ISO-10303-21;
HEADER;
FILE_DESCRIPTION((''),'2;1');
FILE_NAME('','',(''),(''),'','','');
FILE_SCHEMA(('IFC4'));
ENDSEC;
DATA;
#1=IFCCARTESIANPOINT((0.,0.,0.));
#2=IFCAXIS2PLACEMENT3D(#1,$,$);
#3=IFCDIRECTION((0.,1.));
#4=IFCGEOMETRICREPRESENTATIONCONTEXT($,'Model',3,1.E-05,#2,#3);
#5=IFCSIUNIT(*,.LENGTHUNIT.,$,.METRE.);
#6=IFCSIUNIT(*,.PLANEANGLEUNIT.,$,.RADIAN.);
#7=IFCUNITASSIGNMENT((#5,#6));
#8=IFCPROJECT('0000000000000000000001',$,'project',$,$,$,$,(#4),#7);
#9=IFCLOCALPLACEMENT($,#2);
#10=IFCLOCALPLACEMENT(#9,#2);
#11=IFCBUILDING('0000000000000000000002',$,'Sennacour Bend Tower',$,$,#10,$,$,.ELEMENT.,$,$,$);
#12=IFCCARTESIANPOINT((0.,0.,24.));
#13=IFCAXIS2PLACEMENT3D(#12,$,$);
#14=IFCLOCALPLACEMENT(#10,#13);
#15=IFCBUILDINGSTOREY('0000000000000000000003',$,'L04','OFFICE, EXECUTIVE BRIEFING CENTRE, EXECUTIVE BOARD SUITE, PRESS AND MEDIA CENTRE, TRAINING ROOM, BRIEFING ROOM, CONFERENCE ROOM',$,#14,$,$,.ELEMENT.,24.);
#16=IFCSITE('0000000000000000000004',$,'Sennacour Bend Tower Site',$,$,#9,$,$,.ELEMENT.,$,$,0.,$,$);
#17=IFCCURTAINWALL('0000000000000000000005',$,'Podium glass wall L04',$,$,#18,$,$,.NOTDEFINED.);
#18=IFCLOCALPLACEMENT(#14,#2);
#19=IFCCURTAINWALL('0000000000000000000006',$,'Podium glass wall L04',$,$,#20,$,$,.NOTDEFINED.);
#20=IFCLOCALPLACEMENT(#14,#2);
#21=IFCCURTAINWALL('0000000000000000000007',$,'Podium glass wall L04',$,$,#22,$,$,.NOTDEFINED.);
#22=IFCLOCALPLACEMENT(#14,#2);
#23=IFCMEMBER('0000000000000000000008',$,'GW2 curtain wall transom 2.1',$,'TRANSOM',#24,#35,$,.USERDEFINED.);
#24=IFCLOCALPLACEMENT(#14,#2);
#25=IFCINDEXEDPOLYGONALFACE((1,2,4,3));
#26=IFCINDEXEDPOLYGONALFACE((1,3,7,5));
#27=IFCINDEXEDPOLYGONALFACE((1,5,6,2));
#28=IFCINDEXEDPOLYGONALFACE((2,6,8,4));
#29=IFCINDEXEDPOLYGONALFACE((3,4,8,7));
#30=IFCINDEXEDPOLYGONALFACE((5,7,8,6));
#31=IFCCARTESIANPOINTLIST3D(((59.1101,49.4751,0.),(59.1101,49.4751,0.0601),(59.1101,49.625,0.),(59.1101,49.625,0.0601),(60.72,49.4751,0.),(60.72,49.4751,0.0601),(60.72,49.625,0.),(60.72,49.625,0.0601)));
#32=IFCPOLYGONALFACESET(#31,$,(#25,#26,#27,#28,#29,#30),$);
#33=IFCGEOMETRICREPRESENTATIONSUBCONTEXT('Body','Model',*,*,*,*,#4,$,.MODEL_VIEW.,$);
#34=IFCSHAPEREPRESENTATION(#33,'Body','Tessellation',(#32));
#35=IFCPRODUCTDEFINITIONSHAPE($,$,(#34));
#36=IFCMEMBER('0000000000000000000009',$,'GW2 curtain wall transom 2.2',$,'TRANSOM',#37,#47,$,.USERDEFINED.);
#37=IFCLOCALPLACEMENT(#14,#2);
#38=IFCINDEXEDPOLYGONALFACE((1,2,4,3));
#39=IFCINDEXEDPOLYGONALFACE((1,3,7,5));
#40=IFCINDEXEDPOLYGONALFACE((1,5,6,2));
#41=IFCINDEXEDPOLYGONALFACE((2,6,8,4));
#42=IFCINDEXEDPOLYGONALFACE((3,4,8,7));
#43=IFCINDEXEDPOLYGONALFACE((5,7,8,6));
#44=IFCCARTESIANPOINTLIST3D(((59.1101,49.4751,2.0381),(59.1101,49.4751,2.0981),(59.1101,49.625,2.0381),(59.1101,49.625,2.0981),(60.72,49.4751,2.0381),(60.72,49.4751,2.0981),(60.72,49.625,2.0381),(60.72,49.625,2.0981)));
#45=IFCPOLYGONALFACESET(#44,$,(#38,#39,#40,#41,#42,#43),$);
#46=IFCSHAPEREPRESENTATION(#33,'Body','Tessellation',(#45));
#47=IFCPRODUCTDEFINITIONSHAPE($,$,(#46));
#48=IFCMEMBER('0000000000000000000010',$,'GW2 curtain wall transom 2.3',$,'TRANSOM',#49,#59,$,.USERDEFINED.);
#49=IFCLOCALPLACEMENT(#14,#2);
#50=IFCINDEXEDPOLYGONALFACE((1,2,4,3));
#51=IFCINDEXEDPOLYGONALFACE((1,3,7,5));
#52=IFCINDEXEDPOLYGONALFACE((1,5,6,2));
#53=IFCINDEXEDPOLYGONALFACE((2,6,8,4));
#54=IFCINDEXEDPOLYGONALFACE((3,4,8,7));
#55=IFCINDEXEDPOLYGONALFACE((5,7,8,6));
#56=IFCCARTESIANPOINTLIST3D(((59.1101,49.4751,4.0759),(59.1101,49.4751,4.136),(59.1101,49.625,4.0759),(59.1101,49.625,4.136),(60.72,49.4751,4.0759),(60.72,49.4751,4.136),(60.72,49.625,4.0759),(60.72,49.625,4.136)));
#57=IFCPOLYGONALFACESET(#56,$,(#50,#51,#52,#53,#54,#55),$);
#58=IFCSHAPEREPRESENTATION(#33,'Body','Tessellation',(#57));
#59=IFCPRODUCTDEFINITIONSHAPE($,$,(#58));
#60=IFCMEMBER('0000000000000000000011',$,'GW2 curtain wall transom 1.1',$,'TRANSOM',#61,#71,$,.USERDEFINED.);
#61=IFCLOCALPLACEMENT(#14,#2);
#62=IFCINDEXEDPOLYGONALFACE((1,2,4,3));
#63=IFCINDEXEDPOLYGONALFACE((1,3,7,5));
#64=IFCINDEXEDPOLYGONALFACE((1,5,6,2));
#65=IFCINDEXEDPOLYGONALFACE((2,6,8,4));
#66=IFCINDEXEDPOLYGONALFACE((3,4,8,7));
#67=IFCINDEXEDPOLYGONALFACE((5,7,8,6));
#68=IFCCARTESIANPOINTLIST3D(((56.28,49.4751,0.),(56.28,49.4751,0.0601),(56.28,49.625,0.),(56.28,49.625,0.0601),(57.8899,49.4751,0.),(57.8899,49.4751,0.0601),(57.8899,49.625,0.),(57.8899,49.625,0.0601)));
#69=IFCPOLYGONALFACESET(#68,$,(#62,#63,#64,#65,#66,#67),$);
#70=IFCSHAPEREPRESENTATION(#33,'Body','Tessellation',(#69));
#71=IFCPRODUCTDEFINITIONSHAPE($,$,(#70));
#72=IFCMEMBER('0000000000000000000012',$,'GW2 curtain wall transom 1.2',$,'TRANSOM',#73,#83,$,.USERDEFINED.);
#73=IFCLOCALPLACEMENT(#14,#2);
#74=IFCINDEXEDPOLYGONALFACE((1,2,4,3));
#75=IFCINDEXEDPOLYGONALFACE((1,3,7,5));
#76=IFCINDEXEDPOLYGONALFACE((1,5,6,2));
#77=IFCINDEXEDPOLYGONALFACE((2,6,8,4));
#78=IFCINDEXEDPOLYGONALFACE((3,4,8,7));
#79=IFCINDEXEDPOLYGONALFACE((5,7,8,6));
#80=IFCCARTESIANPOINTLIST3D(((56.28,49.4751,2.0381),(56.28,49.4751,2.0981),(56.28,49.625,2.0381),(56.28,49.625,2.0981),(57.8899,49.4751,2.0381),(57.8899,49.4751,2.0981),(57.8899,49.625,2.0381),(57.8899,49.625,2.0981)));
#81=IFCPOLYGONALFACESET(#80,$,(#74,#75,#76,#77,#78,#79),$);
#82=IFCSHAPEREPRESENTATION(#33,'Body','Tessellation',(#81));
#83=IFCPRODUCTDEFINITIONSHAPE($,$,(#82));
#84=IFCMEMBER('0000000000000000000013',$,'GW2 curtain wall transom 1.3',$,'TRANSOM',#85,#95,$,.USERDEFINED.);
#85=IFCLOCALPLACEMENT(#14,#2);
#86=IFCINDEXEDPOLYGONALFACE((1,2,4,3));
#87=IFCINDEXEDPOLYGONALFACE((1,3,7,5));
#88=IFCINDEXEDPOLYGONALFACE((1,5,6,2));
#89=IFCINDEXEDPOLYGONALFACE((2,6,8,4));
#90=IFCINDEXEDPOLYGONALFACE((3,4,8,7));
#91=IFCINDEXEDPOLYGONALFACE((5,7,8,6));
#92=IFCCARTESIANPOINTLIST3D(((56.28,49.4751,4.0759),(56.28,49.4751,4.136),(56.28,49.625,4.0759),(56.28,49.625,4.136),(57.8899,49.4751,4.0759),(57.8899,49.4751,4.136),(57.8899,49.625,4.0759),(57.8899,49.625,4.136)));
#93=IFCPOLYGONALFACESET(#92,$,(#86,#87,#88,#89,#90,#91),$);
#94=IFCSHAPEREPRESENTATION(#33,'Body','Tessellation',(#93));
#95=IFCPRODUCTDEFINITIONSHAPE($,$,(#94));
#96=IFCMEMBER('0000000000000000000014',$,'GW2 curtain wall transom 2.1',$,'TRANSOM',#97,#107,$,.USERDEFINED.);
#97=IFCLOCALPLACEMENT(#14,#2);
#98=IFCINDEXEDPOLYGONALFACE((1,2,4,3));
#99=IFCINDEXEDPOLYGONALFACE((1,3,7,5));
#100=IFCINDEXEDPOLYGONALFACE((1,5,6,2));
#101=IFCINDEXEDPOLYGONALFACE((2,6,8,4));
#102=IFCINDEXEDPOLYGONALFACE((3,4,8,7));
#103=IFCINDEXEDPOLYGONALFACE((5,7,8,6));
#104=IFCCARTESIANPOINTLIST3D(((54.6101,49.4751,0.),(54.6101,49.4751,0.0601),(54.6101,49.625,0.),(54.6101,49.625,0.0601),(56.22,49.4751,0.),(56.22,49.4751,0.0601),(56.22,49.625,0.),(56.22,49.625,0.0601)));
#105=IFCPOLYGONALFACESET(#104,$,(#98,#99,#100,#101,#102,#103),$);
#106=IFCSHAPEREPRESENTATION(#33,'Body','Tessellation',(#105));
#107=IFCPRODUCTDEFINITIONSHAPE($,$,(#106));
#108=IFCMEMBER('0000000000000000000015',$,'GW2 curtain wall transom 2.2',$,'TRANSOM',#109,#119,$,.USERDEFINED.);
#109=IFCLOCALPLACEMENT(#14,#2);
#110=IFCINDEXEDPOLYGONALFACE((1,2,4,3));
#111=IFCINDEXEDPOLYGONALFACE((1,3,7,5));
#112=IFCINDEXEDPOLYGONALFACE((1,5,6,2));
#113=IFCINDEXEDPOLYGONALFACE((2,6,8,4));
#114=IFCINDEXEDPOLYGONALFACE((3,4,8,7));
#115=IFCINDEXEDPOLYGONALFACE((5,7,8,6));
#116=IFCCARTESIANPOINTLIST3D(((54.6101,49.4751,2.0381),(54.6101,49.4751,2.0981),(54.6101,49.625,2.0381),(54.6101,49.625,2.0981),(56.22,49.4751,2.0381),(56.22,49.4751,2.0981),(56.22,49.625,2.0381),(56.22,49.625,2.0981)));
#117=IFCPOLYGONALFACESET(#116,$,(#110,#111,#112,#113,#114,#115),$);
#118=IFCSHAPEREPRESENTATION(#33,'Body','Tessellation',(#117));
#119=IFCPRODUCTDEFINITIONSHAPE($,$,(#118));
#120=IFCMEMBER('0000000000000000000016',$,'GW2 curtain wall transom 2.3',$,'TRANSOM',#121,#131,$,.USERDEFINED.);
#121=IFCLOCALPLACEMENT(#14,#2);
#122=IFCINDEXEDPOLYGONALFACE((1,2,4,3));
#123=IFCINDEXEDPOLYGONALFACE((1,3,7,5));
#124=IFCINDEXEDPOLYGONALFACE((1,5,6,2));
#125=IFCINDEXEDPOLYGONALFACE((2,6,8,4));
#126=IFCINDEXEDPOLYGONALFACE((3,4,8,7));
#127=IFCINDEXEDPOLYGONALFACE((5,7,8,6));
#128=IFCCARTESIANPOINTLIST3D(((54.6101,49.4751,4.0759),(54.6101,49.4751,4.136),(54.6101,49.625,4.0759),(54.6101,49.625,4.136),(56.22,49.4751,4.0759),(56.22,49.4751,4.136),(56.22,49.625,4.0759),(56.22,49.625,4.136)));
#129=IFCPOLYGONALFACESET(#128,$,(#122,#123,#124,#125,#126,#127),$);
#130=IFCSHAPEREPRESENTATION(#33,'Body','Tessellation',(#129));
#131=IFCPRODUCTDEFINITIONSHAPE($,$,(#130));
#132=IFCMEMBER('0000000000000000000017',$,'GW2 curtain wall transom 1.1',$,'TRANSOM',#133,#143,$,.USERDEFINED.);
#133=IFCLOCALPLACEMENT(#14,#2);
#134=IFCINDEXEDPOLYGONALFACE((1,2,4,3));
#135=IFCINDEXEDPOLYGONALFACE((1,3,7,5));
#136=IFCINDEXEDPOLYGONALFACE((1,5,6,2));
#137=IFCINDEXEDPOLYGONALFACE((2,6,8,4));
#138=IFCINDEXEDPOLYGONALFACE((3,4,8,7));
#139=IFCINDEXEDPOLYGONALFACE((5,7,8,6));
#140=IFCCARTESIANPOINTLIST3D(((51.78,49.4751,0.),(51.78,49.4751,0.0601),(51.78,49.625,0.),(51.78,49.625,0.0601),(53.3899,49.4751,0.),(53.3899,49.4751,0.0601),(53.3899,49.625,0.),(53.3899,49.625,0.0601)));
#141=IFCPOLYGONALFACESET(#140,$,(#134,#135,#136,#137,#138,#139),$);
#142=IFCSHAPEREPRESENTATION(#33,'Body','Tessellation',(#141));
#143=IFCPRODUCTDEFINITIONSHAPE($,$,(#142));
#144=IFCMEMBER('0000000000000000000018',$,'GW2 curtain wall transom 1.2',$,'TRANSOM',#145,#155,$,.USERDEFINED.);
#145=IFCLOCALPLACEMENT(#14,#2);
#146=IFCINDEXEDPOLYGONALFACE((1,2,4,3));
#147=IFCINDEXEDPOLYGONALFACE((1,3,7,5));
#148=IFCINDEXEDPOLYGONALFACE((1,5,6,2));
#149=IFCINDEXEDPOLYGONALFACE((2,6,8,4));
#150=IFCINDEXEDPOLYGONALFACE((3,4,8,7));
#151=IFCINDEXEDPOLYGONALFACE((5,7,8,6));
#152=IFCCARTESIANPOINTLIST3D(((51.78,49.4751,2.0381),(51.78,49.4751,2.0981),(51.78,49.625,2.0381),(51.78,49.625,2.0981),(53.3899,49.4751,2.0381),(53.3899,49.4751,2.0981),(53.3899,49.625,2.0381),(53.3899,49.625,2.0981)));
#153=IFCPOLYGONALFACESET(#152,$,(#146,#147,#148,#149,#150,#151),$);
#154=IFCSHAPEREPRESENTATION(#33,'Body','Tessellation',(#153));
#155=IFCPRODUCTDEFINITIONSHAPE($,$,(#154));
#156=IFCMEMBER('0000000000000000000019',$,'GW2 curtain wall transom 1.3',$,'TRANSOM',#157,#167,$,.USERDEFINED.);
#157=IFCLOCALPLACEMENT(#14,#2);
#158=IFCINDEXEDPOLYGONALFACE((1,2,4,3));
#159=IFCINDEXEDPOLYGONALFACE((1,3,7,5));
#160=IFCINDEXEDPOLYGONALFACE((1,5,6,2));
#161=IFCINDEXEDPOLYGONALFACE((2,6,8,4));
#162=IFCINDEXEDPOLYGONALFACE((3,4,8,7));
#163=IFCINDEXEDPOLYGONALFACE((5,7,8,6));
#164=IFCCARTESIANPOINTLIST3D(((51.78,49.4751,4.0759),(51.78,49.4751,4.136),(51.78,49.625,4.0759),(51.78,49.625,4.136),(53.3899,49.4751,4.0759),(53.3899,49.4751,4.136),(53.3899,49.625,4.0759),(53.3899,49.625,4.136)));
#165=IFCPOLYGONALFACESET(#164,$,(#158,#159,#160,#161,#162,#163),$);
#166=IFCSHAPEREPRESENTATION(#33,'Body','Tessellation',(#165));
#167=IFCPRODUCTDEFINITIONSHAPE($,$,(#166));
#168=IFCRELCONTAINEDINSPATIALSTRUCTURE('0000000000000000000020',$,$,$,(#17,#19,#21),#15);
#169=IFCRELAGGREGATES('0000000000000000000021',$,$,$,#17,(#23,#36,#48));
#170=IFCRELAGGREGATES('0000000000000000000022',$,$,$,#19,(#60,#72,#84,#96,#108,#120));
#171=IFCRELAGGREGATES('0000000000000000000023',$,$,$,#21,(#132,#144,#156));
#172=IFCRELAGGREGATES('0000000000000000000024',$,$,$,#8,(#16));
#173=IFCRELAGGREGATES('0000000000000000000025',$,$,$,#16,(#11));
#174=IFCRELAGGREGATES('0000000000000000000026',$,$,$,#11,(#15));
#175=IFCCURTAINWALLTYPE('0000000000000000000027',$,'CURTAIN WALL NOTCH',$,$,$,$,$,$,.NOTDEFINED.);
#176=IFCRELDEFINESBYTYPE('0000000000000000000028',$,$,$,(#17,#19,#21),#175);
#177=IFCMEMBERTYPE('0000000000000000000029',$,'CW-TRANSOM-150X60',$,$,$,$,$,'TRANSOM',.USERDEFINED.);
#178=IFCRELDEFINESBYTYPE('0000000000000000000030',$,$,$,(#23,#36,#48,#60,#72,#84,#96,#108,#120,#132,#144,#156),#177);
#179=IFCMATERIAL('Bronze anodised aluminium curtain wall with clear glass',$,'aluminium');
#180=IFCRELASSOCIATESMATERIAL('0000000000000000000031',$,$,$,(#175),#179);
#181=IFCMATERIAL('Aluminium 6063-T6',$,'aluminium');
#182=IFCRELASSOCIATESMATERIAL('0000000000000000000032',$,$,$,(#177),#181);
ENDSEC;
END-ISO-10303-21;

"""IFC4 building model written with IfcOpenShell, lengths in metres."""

from ifc_helpers import new_model, si_unit, direction, frame, origin, origin_2d, place, context, subcontext, project, spatial, rectangle, extrude, material, material_profile, profile_set, type_object, element, aggregate, save


model = new_model("IFC4")

# Units and contexts
model_context = context("Model", 3, precision=1e-05, world=origin(), true_north=direction((0.0, 1.0)))
body_context = subcontext(model_context, "Body", "Model", "MODEL_VIEW")
ifc_project = project(units=[si_unit("LENGTHUNIT", "METRE"), si_unit("PLANEANGLEUNIT", "RADIAN")], contexts=[model_context])

# Site, building, storey
site_placement = place(None, origin())
site = spatial("IfcSite", under=ifc_project, at=site_placement, Name="Sennacour Bend Tower Site", CompositionType="ELEMENT", RefElevation=0.0)
building_placement = place(site_placement, origin())
building = spatial("IfcBuilding", under=site, at=building_placement, Name="Sennacour Bend Tower", CompositionType="ELEMENT")
storey_placement = place(building_placement, frame((0.0, 0.0, 24.0)))
storey = spatial("IfcBuildingStorey", under=building, at=storey_placement, Name="L04", Description="OFFICE, EXECUTIVE BRIEFING CENTRE, EXECUTIVE BOARD SUITE, PRESS AND MEDIA CENTRE, TRAINING ROOM, BRIEFING ROOM, CONFERENCE ROOM", CompositionType="ELEMENT", Elevation=24.0)

# Shared definitions
ifc_material_1 = material(Name="Bronze anodised aluminium curtain wall with clear glass", Category="aluminium")
curtain_wall_type = type_object("IfcCurtainWallType", Name="CURTAIN WALL NOTCH", PredefinedType="NOTDEFINED", material=ifc_material_1)
ifc_material_2 = material(Name="Aluminium 6063-T6", Category="aluminium")

# Curtain walls
curtain_wall_1_placement = place(storey_placement, origin())
curtain_wall_1 = element("IfcCurtainWall", 1, at=curtain_wall_1_placement, inside=storey, type_object=curtain_wall_type, Name="Podium glass wall L04", PredefinedType="NOTDEFINED")
curtain_wall_2_placement = place(storey_placement, origin())
curtain_wall_2 = element("IfcCurtainWall", 2, at=curtain_wall_2_placement, inside=storey, type_object=curtain_wall_type, Name="Podium glass wall L04", PredefinedType="NOTDEFINED")

# Curtain wall
curtain_wall_3_placement = place(storey_placement, origin())
curtain_wall_3 = element("IfcCurtainWall", 3, at=curtain_wall_3_placement, inside=storey, type_object=curtain_wall_type, Name="Podium glass wall L04", PredefinedType="NOTDEFINED")

# Members
ifc_material_profile_1 = material_profile(ifc_material_2, rectangle(XDim=0.1499, YDim=0.0601, at=origin_2d()), Name="Aluminium 6063-T6", Category="aluminium")
ifc_profile_set_1 = profile_set([ifc_material_profile_1], Name="Aluminium 6063-T6")
member_type_1 = type_object("IfcMemberType", Name="CW-TRANSOM-150X60", ElementType="TRANSOM", PredefinedType="USERDEFINED", material=ifc_profile_set_1)
member_1_placement = place(storey_placement, frame((60.72, 49.55, 0.03), z_axis=(-1.0, 0.0, 0.0), x_axis=(0.0, -1.0, 0.0)))
member_1 = element("IfcMember", 4, at=member_1_placement, type_object=member_type_1, Name="GW2 curtain wall transom 2.1", ObjectType="TRANSOM", PredefinedType="USERDEFINED", context=body_context, shape_type="SweptSolid", body=[
    extrude(rectangle(XDim=0.1499, YDim=0.0601, at=origin_2d()), origin(), (0.0, 0.0, 1.0), 1.6099),
])
member_2_placement = place(storey_placement, frame((60.72, 49.55, 2.0681), z_axis=(-1.0, 0.0, 0.0), x_axis=(0.0, -1.0, 0.0)))
member_2 = element("IfcMember", 5, at=member_2_placement, type_object=member_type_1, Name="GW2 curtain wall transom 2.2", ObjectType="TRANSOM", PredefinedType="USERDEFINED", context=body_context, shape_type="SweptSolid", body=[
    extrude(rectangle(XDim=0.1499, YDim=0.0601, at=origin_2d()), origin(), (0.0, 0.0, 1.0), 1.6099),
])
member_3_placement = place(storey_placement, frame((60.72, 49.55, 4.106), z_axis=(-1.0, 0.0, 0.0), x_axis=(0.0, -1.0, 0.0)))
member_3 = element("IfcMember", 6, at=member_3_placement, type_object=member_type_1, Name="GW2 curtain wall transom 2.3", ObjectType="TRANSOM", PredefinedType="USERDEFINED", context=body_context, shape_type="SweptSolid", body=[
    extrude(rectangle(XDim=0.1499, YDim=0.0601, at=origin_2d()), origin(), (0.0, 0.0, 1.0), 1.6099),
])
member_4_placement = place(storey_placement, frame((57.8899, 49.55, 0.03), z_axis=(-1.0, 0.0, 0.0), x_axis=(0.0, -1.0, 0.0)))
member_4 = element("IfcMember", 7, at=member_4_placement, type_object=member_type_1, Name="GW2 curtain wall transom 1.1", ObjectType="TRANSOM", PredefinedType="USERDEFINED", context=body_context, shape_type="SweptSolid", body=[
    extrude(rectangle(XDim=0.1499, YDim=0.0601, at=origin_2d()), origin(), (0.0, 0.0, 1.0), 1.6099),
])
member_5_placement = place(storey_placement, frame((57.8899, 49.55, 2.0681), z_axis=(-1.0, 0.0, 0.0), x_axis=(0.0, -1.0, 0.0)))
member_5 = element("IfcMember", 8, at=member_5_placement, type_object=member_type_1, Name="GW2 curtain wall transom 1.2", ObjectType="TRANSOM", PredefinedType="USERDEFINED", context=body_context, shape_type="SweptSolid", body=[
    extrude(rectangle(XDim=0.1499, YDim=0.0601, at=origin_2d()), origin(), (0.0, 0.0, 1.0), 1.6099),
])
member_6_placement = place(storey_placement, frame((57.8899, 49.55, 4.106), z_axis=(-1.0, 0.0, 0.0), x_axis=(0.0, -1.0, 0.0)))
member_6 = element("IfcMember", 9, at=member_6_placement, type_object=member_type_1, Name="GW2 curtain wall transom 1.3", ObjectType="TRANSOM", PredefinedType="USERDEFINED", context=body_context, shape_type="SweptSolid", body=[
    extrude(rectangle(XDim=0.1499, YDim=0.0601, at=origin_2d()), origin(), (0.0, 0.0, 1.0), 1.6099),
])
member_7_placement = place(storey_placement, frame((56.22, 49.55, 0.03), z_axis=(-1.0, 0.0, 0.0), x_axis=(0.0, -1.0, 0.0)))
member_7 = element("IfcMember", 10, at=member_7_placement, type_object=member_type_1, Name="GW2 curtain wall transom 2.1", ObjectType="TRANSOM", PredefinedType="USERDEFINED", context=body_context, shape_type="SweptSolid", body=[
    extrude(rectangle(XDim=0.1499, YDim=0.0601, at=origin_2d()), origin(), (0.0, 0.0, 1.0), 1.6099),
])
member_8_placement = place(storey_placement, frame((56.22, 49.55, 2.0681), z_axis=(-1.0, 0.0, 0.0), x_axis=(0.0, -1.0, 0.0)))
member_8 = element("IfcMember", 11, at=member_8_placement, type_object=member_type_1, Name="GW2 curtain wall transom 2.2", ObjectType="TRANSOM", PredefinedType="USERDEFINED", context=body_context, shape_type="SweptSolid", body=[
    extrude(rectangle(XDim=0.1499, YDim=0.0601, at=origin_2d()), origin(), (0.0, 0.0, 1.0), 1.6099),
])
member_9_placement = place(storey_placement, frame((56.22, 49.55, 4.106), z_axis=(-1.0, 0.0, 0.0), x_axis=(0.0, -1.0, 0.0)))
member_9 = element("IfcMember", 12, at=member_9_placement, type_object=member_type_1, Name="GW2 curtain wall transom 2.3", ObjectType="TRANSOM", PredefinedType="USERDEFINED", context=body_context, shape_type="SweptSolid", body=[
    extrude(rectangle(XDim=0.1499, YDim=0.0601, at=origin_2d()), origin(), (0.0, 0.0, 1.0), 1.6099),
])
member_10_placement = place(storey_placement, frame((53.3899, 49.55, 0.03), z_axis=(-1.0, 0.0, 0.0), x_axis=(0.0, -1.0, 0.0)))
member_10 = element("IfcMember", 13, at=member_10_placement, type_object=member_type_1, Name="GW2 curtain wall transom 1.1", ObjectType="TRANSOM", PredefinedType="USERDEFINED", context=body_context, shape_type="SweptSolid", body=[
    extrude(rectangle(XDim=0.1499, YDim=0.0601, at=origin_2d()), origin(), (0.0, 0.0, 1.0), 1.6099),
])
member_11_placement = place(storey_placement, frame((53.3899, 49.55, 2.0681), z_axis=(-1.0, 0.0, 0.0), x_axis=(0.0, -1.0, 0.0)))
member_11 = element("IfcMember", 14, at=member_11_placement, type_object=member_type_1, Name="GW2 curtain wall transom 1.2", ObjectType="TRANSOM", PredefinedType="USERDEFINED", context=body_context, shape_type="SweptSolid", body=[
    extrude(rectangle(XDim=0.1499, YDim=0.0601, at=origin_2d()), origin(), (0.0, 0.0, 1.0), 1.6099),
])
member_12_placement = place(storey_placement, frame((53.3899, 49.55, 4.106), z_axis=(-1.0, 0.0, 0.0), x_axis=(0.0, -1.0, 0.0)))
member_12 = element("IfcMember", 15, at=member_12_placement, type_object=member_type_1, Name="GW2 curtain wall transom 1.3", ObjectType="TRANSOM", PredefinedType="USERDEFINED", context=body_context, shape_type="SweptSolid", body=[
    extrude(rectangle(XDim=0.1499, YDim=0.0601, at=origin_2d()), origin(), (0.0, 0.0, 1.0), 1.6099),
])

aggregate(curtain_wall_1, [member_1, member_2, member_3])
aggregate(curtain_wall_2, [member_4, member_5, member_6, member_7, member_8, member_9])
aggregate(curtain_wall_3, [member_10, member_11, member_12])

save(model, "model.ifc")
